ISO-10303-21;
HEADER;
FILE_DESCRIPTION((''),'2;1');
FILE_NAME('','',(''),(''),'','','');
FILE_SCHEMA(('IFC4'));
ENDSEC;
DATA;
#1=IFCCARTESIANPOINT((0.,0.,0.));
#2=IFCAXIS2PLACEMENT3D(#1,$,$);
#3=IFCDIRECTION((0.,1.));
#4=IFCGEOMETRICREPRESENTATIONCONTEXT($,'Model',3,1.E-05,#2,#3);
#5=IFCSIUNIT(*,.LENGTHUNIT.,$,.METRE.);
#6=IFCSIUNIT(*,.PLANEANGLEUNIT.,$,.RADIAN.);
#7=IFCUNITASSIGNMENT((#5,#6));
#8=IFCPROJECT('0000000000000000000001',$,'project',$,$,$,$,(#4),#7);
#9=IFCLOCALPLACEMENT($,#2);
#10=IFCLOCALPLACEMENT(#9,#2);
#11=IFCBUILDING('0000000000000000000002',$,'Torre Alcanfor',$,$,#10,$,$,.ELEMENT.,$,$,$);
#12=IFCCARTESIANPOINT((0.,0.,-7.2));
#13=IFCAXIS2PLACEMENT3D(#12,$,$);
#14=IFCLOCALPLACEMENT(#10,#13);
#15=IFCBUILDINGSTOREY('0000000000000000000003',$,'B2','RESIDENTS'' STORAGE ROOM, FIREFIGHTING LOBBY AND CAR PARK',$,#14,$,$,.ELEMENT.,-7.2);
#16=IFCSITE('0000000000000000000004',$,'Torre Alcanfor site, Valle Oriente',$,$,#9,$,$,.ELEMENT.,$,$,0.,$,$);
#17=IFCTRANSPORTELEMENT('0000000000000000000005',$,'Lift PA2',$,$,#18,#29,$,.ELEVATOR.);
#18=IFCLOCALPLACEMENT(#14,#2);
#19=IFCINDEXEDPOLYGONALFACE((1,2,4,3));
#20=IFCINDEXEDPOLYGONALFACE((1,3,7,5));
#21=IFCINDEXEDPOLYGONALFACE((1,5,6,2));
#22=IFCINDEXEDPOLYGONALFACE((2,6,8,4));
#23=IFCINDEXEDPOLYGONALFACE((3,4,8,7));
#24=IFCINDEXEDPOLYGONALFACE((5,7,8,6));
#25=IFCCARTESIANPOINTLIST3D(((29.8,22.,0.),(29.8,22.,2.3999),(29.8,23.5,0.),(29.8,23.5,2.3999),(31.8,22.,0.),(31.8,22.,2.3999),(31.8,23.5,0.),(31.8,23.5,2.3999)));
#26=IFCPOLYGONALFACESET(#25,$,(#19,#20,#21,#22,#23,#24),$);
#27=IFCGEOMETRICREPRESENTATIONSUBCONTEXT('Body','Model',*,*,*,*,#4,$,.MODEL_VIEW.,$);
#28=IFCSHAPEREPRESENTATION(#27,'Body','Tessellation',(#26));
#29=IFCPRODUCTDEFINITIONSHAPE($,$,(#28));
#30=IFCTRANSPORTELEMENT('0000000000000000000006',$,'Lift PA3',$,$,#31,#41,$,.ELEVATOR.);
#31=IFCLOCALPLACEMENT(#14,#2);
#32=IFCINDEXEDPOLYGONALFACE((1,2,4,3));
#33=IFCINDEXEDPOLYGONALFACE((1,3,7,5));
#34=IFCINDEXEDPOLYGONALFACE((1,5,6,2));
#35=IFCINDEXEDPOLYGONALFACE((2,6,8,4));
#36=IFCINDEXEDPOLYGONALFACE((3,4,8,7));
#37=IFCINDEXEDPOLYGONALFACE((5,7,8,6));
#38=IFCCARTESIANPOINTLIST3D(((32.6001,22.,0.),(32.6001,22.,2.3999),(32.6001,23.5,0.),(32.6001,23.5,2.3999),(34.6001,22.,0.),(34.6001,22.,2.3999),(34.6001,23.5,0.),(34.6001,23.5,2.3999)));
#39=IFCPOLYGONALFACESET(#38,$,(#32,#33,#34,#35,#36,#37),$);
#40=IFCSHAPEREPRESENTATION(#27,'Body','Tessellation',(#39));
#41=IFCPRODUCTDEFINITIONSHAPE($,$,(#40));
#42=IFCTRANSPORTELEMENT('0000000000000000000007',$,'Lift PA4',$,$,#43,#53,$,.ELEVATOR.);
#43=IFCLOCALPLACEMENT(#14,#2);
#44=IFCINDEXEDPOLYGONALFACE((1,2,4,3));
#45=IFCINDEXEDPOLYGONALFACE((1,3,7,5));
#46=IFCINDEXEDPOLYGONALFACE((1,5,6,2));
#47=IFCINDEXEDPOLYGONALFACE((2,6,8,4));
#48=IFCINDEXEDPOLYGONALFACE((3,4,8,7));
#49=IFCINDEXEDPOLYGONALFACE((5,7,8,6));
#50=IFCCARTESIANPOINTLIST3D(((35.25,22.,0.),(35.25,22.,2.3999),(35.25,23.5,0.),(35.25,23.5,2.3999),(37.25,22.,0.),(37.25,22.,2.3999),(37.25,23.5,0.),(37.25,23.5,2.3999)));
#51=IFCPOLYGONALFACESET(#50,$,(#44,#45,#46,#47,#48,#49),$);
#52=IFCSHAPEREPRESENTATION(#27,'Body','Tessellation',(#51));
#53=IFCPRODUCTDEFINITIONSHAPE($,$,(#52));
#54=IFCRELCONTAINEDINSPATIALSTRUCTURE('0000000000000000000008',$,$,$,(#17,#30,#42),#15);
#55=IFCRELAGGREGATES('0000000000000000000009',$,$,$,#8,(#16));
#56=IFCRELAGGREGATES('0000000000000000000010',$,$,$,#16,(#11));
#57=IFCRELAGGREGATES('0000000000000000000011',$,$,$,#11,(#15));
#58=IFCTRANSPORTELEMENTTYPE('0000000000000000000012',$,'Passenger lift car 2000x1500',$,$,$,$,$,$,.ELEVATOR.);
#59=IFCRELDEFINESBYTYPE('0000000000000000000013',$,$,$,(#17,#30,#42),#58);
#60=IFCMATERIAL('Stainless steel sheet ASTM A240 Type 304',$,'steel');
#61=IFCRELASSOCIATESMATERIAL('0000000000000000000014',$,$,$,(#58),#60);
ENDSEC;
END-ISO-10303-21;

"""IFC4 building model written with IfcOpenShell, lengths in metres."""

from ifc_helpers import new_model, si_unit, direction, frame, origin, origin_2d, place, context, subcontext, project, spatial, rectangle, extrude, material, type_object, element, save


model = new_model("IFC4")

# Units and contexts
model_context = context("Model", 3, precision=1e-05, world=origin(), true_north=direction((0.0, 1.0)))
body_context = subcontext(model_context, "Body", "Model", "MODEL_VIEW")
ifc_project = project(units=[si_unit("LENGTHUNIT", "METRE"), si_unit("PLANEANGLEUNIT", "RADIAN")], contexts=[model_context])

# Site, building, storey
site_placement = place(None, origin())
site = spatial("IfcSite", under=ifc_project, at=site_placement, Name="Torre Alcanfor site, Valle Oriente", CompositionType="ELEMENT", RefElevation=0.0)
building_placement = place(site_placement, origin())
building = spatial("IfcBuilding", under=site, at=building_placement, Name="Torre Alcanfor", CompositionType="ELEMENT")
storey_placement = place(building_placement, frame((0.0, 0.0, -7.2)))
storey = spatial("IfcBuildingStorey", under=building, at=storey_placement, Name="B2", Description="RESIDENTS' STORAGE ROOM, FIREFIGHTING LOBBY AND CAR PARK", CompositionType="ELEMENT", Elevation=-7.2)

# Transport elements
ifc_material_1 = material(Name="Stainless steel sheet ASTM A240 Type 304", Category="steel")
transport_element_type = type_object("IfcTransportElementType", Name="Passenger lift car 2000x1500", PredefinedType="ELEVATOR", material=ifc_material_1)
for number, where, z_axis, x_axis, name in (
    (1, (30.8, 22.75, 0.0), (0.0, 0.0, 1.0), (1.0, 0.0, 0.0), "Lift PA2"),
    (2, (33.6001, 22.75, 0.0), (0.0, 0.0, 1.0), (1.0, 0.0, 0.0), "Lift PA3"),
    (3, (36.25, 22.75, 0.0), (0.0, 0.0, 1.0), (1.0, 0.0, 0.0), "Lift PA4"),
):
    element("IfcTransportElement", number, at=place(storey_placement, frame(where, z_axis=z_axis, x_axis=x_axis)), inside=storey, type_object=transport_element_type, Name=name, PredefinedType="ELEVATOR", context=body_context, shape_type="SweptSolid", body=[
        extrude(rectangle(XDim=2.0, YDim=1.5, at=origin_2d()), origin(), (0.0, 0.0, 1.0), 2.3999),
    ])

save(model, "model.ifc")
